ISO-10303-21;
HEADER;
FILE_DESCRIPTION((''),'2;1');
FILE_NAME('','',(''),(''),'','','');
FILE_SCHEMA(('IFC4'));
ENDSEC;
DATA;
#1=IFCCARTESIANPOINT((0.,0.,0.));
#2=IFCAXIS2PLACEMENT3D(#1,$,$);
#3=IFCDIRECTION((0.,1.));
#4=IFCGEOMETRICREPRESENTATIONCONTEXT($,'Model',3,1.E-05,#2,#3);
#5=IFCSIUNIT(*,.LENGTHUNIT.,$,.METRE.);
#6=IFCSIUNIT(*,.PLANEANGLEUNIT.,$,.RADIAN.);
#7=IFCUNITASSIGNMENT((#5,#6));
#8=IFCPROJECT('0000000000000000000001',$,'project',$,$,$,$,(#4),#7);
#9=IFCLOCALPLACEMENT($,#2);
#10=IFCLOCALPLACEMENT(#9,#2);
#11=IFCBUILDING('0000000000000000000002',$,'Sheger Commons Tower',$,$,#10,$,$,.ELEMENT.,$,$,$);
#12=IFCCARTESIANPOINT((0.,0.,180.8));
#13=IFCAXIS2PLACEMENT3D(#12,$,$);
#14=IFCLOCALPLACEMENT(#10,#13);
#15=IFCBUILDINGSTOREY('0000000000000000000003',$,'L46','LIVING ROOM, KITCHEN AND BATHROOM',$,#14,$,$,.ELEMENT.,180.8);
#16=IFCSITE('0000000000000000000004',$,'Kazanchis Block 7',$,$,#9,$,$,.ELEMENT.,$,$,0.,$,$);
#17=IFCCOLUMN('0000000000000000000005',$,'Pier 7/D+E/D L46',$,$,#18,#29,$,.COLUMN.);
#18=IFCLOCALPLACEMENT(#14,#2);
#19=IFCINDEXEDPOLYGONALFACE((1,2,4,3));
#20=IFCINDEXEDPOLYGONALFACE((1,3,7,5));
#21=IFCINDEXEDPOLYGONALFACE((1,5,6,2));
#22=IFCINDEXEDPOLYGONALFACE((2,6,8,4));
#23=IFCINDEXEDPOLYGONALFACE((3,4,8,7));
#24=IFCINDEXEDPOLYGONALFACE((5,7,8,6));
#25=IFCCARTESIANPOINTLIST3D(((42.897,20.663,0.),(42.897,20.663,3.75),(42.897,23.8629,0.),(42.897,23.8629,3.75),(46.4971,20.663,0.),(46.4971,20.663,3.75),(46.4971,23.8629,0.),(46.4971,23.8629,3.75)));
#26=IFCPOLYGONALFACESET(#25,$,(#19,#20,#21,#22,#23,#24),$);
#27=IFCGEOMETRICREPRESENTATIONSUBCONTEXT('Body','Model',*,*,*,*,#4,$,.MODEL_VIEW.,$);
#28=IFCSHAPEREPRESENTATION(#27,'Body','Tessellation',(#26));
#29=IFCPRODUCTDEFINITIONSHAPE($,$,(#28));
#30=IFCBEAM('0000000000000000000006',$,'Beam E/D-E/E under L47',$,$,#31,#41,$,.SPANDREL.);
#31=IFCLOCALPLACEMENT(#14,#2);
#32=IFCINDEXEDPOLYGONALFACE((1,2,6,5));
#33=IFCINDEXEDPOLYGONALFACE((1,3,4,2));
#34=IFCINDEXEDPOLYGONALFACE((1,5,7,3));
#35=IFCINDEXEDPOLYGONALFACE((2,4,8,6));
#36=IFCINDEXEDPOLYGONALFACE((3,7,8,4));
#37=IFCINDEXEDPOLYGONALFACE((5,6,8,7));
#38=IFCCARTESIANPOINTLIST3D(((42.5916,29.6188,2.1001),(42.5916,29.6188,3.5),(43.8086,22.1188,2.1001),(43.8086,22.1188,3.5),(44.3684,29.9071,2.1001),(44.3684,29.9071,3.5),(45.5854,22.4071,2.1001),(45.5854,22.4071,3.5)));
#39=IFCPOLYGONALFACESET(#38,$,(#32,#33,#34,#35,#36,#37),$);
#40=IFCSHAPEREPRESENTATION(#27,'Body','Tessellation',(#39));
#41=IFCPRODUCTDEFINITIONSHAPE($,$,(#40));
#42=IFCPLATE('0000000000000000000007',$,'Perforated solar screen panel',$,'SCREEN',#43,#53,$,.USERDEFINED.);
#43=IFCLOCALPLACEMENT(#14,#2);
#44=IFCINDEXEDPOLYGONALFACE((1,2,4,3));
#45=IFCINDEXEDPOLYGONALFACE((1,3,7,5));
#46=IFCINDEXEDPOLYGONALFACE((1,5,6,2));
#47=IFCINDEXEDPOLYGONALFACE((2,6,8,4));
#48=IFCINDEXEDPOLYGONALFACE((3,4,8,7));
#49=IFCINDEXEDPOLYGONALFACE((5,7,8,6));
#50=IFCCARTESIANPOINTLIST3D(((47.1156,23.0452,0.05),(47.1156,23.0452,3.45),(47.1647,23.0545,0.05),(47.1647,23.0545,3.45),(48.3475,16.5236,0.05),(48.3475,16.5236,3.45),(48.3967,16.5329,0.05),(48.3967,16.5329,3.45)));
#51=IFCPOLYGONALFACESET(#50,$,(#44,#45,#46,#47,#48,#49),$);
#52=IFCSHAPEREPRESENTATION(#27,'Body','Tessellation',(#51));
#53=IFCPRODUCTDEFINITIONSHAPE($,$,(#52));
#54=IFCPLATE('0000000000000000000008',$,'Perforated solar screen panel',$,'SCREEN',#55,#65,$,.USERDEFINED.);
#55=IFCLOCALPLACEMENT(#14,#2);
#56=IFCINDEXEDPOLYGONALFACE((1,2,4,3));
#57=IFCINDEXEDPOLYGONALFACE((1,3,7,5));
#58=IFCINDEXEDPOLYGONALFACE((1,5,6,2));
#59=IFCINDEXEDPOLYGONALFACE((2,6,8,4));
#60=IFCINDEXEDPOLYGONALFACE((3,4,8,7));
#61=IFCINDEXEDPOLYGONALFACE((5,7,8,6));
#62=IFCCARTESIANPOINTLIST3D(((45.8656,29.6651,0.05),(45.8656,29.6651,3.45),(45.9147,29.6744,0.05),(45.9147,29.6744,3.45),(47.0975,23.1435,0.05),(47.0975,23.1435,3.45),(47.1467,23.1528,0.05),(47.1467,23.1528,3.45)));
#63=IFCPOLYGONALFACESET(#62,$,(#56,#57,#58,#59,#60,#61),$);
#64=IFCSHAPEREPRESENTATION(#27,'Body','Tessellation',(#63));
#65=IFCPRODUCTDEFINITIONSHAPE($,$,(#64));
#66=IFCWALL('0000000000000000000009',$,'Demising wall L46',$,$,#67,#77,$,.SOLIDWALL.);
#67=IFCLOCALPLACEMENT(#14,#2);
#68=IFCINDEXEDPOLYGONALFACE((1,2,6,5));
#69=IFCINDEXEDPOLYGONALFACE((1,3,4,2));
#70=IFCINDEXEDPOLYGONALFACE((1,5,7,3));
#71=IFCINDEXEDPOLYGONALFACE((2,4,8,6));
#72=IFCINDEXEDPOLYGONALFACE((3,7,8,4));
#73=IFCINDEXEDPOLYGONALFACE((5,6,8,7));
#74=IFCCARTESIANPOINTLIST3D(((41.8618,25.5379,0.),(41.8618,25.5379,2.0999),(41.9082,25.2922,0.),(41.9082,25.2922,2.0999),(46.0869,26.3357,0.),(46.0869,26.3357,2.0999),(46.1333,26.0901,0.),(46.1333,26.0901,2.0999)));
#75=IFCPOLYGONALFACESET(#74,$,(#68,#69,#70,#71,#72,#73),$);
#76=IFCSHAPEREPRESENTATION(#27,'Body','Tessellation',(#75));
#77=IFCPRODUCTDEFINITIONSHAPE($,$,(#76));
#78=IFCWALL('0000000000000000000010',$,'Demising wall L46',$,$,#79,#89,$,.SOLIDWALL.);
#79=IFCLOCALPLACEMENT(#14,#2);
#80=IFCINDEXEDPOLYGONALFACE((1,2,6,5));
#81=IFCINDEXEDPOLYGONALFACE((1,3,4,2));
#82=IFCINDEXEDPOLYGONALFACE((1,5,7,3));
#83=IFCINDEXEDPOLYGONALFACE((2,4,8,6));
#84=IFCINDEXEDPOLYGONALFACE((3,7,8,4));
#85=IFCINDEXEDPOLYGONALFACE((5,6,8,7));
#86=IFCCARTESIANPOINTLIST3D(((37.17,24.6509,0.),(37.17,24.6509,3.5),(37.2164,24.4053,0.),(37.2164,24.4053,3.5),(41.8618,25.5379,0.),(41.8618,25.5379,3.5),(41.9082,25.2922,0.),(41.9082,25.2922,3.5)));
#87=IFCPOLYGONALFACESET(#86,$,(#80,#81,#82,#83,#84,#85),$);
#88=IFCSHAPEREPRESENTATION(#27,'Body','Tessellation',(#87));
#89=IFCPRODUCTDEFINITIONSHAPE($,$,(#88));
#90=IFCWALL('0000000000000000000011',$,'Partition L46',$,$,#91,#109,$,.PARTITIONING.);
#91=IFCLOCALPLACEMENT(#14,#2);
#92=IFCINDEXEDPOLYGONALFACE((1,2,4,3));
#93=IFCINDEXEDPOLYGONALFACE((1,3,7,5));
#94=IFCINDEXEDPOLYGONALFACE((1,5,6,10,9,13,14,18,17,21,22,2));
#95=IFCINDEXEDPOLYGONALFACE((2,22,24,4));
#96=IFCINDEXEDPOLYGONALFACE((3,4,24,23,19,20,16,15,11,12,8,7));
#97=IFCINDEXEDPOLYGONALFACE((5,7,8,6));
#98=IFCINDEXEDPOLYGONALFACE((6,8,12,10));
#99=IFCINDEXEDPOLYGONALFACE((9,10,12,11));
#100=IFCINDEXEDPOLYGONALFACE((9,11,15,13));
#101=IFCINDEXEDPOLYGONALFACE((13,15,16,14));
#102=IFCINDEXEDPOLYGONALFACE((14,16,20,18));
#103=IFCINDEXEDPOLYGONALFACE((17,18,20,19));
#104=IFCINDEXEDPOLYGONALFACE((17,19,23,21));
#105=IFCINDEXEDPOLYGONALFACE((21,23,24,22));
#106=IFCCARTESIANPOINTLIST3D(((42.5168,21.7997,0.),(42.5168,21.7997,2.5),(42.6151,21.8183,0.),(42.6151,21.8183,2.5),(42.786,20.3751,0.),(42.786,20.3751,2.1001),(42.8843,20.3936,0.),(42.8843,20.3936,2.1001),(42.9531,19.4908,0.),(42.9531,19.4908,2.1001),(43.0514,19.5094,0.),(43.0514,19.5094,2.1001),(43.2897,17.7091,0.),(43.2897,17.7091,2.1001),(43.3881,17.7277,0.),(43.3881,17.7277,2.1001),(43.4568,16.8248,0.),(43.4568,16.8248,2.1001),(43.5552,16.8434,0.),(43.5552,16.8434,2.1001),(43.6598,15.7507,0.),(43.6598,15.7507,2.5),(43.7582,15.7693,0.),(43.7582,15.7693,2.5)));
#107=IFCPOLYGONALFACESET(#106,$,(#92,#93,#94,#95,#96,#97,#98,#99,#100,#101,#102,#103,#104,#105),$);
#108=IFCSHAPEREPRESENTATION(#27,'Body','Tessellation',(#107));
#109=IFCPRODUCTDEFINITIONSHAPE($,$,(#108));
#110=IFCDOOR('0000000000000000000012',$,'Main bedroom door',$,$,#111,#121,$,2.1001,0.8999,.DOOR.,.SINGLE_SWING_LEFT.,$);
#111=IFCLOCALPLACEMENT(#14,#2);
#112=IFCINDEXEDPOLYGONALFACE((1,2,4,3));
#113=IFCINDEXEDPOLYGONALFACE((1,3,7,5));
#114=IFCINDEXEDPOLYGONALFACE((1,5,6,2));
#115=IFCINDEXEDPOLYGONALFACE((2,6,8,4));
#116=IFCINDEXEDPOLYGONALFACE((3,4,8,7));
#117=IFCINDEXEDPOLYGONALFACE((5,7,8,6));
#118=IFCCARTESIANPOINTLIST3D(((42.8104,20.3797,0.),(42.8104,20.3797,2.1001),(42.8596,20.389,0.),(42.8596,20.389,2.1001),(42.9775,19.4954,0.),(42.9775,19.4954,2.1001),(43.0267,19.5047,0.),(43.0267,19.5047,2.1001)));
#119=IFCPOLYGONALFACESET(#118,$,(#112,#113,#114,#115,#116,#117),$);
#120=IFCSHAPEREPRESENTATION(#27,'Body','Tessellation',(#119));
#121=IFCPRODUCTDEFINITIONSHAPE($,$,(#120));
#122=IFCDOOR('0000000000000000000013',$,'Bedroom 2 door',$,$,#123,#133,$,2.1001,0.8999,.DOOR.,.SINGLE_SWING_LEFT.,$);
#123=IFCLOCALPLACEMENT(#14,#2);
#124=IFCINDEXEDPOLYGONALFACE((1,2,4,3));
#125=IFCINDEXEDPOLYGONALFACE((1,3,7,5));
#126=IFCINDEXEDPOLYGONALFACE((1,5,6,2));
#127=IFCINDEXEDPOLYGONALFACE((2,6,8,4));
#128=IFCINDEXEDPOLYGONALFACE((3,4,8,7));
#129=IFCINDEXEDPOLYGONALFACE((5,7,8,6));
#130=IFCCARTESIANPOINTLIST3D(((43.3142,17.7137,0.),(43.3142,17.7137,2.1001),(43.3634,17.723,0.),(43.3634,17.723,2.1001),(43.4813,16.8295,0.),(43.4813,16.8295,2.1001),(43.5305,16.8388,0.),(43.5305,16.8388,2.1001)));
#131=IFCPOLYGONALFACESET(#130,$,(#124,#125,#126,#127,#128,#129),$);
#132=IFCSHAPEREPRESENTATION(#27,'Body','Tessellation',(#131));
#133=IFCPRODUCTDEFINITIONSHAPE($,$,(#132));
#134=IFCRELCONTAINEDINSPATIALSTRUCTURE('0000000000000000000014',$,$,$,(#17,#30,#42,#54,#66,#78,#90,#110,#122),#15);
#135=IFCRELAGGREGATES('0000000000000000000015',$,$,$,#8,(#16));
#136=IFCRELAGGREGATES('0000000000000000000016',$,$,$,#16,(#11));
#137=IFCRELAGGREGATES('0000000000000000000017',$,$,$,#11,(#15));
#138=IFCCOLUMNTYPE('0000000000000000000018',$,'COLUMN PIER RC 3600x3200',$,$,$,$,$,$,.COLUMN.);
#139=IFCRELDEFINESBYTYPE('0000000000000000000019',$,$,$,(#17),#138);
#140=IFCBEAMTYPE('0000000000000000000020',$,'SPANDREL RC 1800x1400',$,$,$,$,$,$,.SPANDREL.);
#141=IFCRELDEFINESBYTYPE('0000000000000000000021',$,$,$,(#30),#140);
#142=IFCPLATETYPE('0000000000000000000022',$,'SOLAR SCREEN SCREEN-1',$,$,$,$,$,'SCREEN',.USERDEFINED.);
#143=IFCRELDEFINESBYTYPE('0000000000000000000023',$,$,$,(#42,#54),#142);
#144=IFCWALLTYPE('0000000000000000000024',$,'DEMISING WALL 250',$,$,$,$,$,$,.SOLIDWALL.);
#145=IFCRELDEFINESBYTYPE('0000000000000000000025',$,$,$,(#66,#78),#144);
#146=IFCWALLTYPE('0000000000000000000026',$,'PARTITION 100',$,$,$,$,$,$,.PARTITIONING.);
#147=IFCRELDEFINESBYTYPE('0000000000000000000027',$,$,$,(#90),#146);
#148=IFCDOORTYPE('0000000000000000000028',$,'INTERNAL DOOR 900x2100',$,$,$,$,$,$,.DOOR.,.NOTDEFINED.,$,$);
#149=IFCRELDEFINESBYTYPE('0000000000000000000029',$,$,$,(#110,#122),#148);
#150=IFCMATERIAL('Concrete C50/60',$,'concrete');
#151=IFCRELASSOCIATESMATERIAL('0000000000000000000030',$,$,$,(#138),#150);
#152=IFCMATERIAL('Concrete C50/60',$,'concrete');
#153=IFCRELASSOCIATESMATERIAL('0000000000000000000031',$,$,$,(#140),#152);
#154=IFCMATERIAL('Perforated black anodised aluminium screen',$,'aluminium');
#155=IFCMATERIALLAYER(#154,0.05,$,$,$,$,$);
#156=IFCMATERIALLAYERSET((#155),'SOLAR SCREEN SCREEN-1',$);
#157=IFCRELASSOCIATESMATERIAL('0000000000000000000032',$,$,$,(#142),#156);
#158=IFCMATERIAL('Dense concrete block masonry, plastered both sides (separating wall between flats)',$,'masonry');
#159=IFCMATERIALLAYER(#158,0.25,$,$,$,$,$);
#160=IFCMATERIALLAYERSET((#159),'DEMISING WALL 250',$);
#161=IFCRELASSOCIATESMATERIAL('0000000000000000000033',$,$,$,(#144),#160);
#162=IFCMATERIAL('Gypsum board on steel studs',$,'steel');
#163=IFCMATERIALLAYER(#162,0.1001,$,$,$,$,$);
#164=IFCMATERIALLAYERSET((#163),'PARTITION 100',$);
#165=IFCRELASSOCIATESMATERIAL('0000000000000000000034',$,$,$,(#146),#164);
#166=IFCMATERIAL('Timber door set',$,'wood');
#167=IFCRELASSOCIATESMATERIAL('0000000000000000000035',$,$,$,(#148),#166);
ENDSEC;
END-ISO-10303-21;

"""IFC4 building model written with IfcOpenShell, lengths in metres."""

from ifc_helpers import new_model, si_unit, direction, frame, frame_2d, origin, origin_2d, place, context, subcontext, project, spatial, rectangle, extrude, material, layer, layer_set, material_profile, profile_set, type_object, element, fill, save


model = new_model("IFC4")

# Units and contexts
model_context = context("Model", 3, precision=1e-05, world=origin(), true_north=direction((0.0, 1.0)))
body_context = subcontext(model_context, "Body", "Model", "MODEL_VIEW")
ifc_project = project(units=[si_unit("LENGTHUNIT", "METRE"), si_unit("PLANEANGLEUNIT", "RADIAN")], contexts=[model_context])

# Site, building, storey
site_placement = place(None, origin())
site = spatial("IfcSite", under=ifc_project, at=site_placement, Name="Kazanchis Block 7", CompositionType="ELEMENT", RefElevation=0.0)
building_placement = place(site_placement, origin())
building = spatial("IfcBuilding", under=site, at=building_placement, Name="Sheger Commons Tower", CompositionType="ELEMENT")
storey_placement = place(building_placement, frame((0.0, 0.0, 180.8)))
storey = spatial("IfcBuildingStorey", under=building, at=storey_placement, Name="L46", Description="LIVING ROOM, KITCHEN AND BATHROOM", CompositionType="ELEMENT", Elevation=180.8)

# Column
ifc_material_1 = material(Name="Concrete C50/60", Category="concrete")
ifc_material_profile_1 = material_profile(ifc_material_1, rectangle(XDim=3.6001, YDim=3.2, at=origin_2d()), Name="RC 3600x3200")
ifc_profile_set_1 = profile_set([ifc_material_profile_1], Name="Concrete C50/60")
column_type = type_object("IfcColumnType", Name="COLUMN PIER RC 3600x3200", PredefinedType="COLUMN", material=ifc_profile_set_1)
column_placement = place(storey_placement, frame((44.697, 22.2629, 0.0), z_axis=(0.0, 0.0, 1.0), x_axis=(1.0, 0.0, 0.0)))
element("IfcColumn", 1, at=column_placement, inside=storey, type_object=column_type, Name="Pier 7/D+E/D L46", PredefinedType="COLUMN", context=body_context, shape_type="SweptSolid", body=[
    extrude(rectangle(XDim=3.6001, YDim=3.2, at=origin_2d()), origin(), (0.0, 0.0, 1.0), 3.75),
])

# Beam
ifc_material_2 = material(Name="Concrete C50/60", Category="concrete")
ifc_material_profile_2 = material_profile(ifc_material_2, rectangle(XDim=1.8, YDim=1.3999, at=origin_2d()), Name="RC 1800x1400")
ifc_profile_set_2 = profile_set([ifc_material_profile_2], Name="Concrete C50/60")
beam_type = type_object("IfcBeamType", Name="SPANDREL RC 1800x1400", PredefinedType="SPANDREL", material=ifc_profile_set_2)
beam_placement = place(storey_placement, frame((44.697, 22.2629, 2.8), z_axis=(-0.160177, 0.987088, 0.0), x_axis=(-0.987088, -0.160177, 0.0)))
element("IfcBeam", 2, at=beam_placement, inside=storey, type_object=beam_type, Name="Beam E/D-E/E under L47", PredefinedType="SPANDREL", context=body_context, shape_type="SweptSolid", body=[
    extrude(rectangle(XDim=1.8, YDim=1.3999, at=origin_2d()), origin(), (0.0, 0.0, 1.0), 7.5981),
])

# Plates
ifc_material_3 = material(Name="Perforated black anodised aluminium screen", Category="aluminium")
ifc_layer_1 = layer(ifc_material_3, 0.05)
ifc_layer_set_1 = layer_set([ifc_layer_1], Name="SOLAR SCREEN SCREEN-1")
plate_type = type_object("IfcPlateType", Name="SOLAR SCREEN SCREEN-1", ElementType="SCREEN", PredefinedType="USERDEFINED", material=ifc_layer_set_1)
for number, where, z_axis, x_axis, name in (
    (3, (47.7561, 19.7891, 0.05), (0.0, 0.0, 1.0), (-0.185615, 0.982623, 0.0), "Perforated solar screen panel"),
    (4, (46.5061, 26.4089, 0.05), (0.0, 0.0, 1.0), (-0.185615, 0.982623, 0.0), "Perforated solar screen panel"),
):
    element("IfcPlate", number, at=place(storey_placement, frame(where, z_axis=z_axis, x_axis=x_axis)), inside=storey, type_object=plate_type, Name=name, ObjectType="SCREEN", PredefinedType="USERDEFINED", context=body_context, shape_type="SweptSolid", body=[
        extrude(rectangle(XDim=6.637, YDim=0.05, at=origin_2d()), origin(), (0.0, 0.0, 1.0), 3.3999),
    ])

# Walls
ifc_material_4 = material(Name="Dense concrete block masonry, plastered both sides (separating wall between flats)", Category="masonry")
ifc_layer_2 = layer(ifc_material_4, 0.25)
ifc_layer_set_2 = layer_set([ifc_layer_2], Name="DEMISING WALL 250")
wall_type_1 = type_object("IfcWallType", Name="DEMISING WALL 250", PredefinedType="SOLIDWALL", material=ifc_layer_set_2)
wall_1_placement = place(storey_placement, frame((46.1101, 26.2129, 0.0), z_axis=(0.0, 0.0, 1.0), x_axis=(-0.982634, -0.185557, 0.0)))
element("IfcWall", 5, at=wall_1_placement, inside=storey, type_object=wall_type_1, Name="Demising wall L46", PredefinedType="SOLIDWALL", context=body_context, shape_type="SweptSolid", body=[
    extrude(rectangle(XDim=4.2998, YDim=0.25, at=frame_2d((2.1499, 0.0))), origin(), (0.0, 0.0, 1.0), 2.0999),
])
wall_2_placement = place(storey_placement, frame((41.885, 25.415, 0.0), z_axis=(0.0, 0.0, 1.0), x_axis=(-0.982597, -0.185752, 0.0)))
element("IfcWall", 6, at=wall_2_placement, inside=storey, type_object=wall_type_1, Name="Demising wall L46", PredefinedType="SOLIDWALL", context=body_context, shape_type="SweptSolid", body=[
    extrude(rectangle(XDim=4.7749, YDim=0.25, at=frame_2d((2.3875, 0.0))), origin(), (0.0, 0.0, 1.0), 3.5),
])

# Wall, openings, doors
ifc_material_5 = material(Name="Gypsum board on steel studs", Category="steel")
ifc_layer_3 = layer(ifc_material_5, 0.1001)
ifc_layer_set_3 = layer_set([ifc_layer_3], Name="PARTITION 100")
wall_type_2 = type_object("IfcWallType", Name="PARTITION 100", PredefinedType="PARTITIONING", material=ifc_layer_set_3)
wall_3_placement = place(storey_placement, frame((42.5659, 21.8091, 0.0), z_axis=(0.0, 0.0, 1.0), x_axis=(0.18568, -0.98261, 0.0)))
wall_3 = element("IfcWall", 7, at=wall_3_placement, inside=storey, type_object=wall_type_2, Name="Partition L46", PredefinedType="PARTITIONING", context=body_context, shape_type="SweptSolid", body=[
    extrude(rectangle(XDim=6.156, YDim=0.1001, at=frame_2d((3.0781, 0.0))), origin(), (0.0, 0.0, 1.0), 2.5),
])
opening_1_placement = place(wall_3_placement, frame((1.45, 0.0, 0.0)))
opening_1 = element("IfcOpeningElement", 8, at=opening_1_placement, cuts=wall_3, PredefinedType="OPENING", context=body_context, shape_type="SweptSolid", body=[
    extrude(rectangle(XDim=0.8999, YDim=2.1001, at=frame_2d((0.45, 1.05))), frame((0.0, 0.0601, 0.0), z_axis=(0.0, -1.0, 0.0), x_axis=(1.0, 0.0, 0.0)), (0.0, 0.0, 1.0), 0.1201),
])
opening_2_placement = place(wall_3_placement, frame((4.1631, 0.0, 0.0)))
opening_2 = element("IfcOpeningElement", 9, at=opening_2_placement, cuts=wall_3, PredefinedType="OPENING", context=body_context, shape_type="SweptSolid", body=[
    extrude(rectangle(XDim=0.8999, YDim=2.1001, at=frame_2d((0.45, 1.05))), frame((0.0, 0.0601, 0.0), z_axis=(0.0, -1.0, 0.0), x_axis=(1.0, 0.0, 0.0)), (0.0, 0.0, 1.0), 0.1201),
])
ifc_material_6 = material(Name="Timber door set", Category="wood")
door_type = type_object("IfcDoorType", Name="INTERNAL DOOR 900x2100", OperationType="NOTDEFINED", PredefinedType="DOOR", material=ifc_material_6)
door_1_placement = place(opening_1_placement, origin())
door_1 = element("IfcDoor", 10, at=door_1_placement, inside=storey, type_object=door_type, Name="Main bedroom door", OperationType="SINGLE_SWING_LEFT", OverallHeight=2.1001, OverallWidth=0.8999, PredefinedType="DOOR", context=body_context, shape_type="SweptSolid", body=[
    extrude(rectangle(XDim=0.8999, YDim=2.1001, at=frame_2d((0.45, 1.05))), frame((0.0, 0.0249, 0.0), z_axis=(0.0, -1.0, 0.0), x_axis=(1.0, 0.0, 0.0)), (0.0, 0.0, 1.0), 0.05),
])
fill(opening_1, door_1)
door_2_placement = place(opening_2_placement, origin())
door_2 = element("IfcDoor", 11, at=door_2_placement, inside=storey, type_object=door_type, Name="Bedroom 2 door", OperationType="SINGLE_SWING_LEFT", OverallHeight=2.1001, OverallWidth=0.8999, PredefinedType="DOOR", context=body_context, shape_type="SweptSolid", body=[
    extrude(rectangle(XDim=0.8999, YDim=2.1001, at=frame_2d((0.45, 1.05))), frame((0.0, 0.0249, 0.0), z_axis=(0.0, -1.0, 0.0), x_axis=(1.0, 0.0, 0.0)), (0.0, 0.0, 1.0), 0.05),
])
fill(opening_2, door_2)

save(model, "model.ifc")
